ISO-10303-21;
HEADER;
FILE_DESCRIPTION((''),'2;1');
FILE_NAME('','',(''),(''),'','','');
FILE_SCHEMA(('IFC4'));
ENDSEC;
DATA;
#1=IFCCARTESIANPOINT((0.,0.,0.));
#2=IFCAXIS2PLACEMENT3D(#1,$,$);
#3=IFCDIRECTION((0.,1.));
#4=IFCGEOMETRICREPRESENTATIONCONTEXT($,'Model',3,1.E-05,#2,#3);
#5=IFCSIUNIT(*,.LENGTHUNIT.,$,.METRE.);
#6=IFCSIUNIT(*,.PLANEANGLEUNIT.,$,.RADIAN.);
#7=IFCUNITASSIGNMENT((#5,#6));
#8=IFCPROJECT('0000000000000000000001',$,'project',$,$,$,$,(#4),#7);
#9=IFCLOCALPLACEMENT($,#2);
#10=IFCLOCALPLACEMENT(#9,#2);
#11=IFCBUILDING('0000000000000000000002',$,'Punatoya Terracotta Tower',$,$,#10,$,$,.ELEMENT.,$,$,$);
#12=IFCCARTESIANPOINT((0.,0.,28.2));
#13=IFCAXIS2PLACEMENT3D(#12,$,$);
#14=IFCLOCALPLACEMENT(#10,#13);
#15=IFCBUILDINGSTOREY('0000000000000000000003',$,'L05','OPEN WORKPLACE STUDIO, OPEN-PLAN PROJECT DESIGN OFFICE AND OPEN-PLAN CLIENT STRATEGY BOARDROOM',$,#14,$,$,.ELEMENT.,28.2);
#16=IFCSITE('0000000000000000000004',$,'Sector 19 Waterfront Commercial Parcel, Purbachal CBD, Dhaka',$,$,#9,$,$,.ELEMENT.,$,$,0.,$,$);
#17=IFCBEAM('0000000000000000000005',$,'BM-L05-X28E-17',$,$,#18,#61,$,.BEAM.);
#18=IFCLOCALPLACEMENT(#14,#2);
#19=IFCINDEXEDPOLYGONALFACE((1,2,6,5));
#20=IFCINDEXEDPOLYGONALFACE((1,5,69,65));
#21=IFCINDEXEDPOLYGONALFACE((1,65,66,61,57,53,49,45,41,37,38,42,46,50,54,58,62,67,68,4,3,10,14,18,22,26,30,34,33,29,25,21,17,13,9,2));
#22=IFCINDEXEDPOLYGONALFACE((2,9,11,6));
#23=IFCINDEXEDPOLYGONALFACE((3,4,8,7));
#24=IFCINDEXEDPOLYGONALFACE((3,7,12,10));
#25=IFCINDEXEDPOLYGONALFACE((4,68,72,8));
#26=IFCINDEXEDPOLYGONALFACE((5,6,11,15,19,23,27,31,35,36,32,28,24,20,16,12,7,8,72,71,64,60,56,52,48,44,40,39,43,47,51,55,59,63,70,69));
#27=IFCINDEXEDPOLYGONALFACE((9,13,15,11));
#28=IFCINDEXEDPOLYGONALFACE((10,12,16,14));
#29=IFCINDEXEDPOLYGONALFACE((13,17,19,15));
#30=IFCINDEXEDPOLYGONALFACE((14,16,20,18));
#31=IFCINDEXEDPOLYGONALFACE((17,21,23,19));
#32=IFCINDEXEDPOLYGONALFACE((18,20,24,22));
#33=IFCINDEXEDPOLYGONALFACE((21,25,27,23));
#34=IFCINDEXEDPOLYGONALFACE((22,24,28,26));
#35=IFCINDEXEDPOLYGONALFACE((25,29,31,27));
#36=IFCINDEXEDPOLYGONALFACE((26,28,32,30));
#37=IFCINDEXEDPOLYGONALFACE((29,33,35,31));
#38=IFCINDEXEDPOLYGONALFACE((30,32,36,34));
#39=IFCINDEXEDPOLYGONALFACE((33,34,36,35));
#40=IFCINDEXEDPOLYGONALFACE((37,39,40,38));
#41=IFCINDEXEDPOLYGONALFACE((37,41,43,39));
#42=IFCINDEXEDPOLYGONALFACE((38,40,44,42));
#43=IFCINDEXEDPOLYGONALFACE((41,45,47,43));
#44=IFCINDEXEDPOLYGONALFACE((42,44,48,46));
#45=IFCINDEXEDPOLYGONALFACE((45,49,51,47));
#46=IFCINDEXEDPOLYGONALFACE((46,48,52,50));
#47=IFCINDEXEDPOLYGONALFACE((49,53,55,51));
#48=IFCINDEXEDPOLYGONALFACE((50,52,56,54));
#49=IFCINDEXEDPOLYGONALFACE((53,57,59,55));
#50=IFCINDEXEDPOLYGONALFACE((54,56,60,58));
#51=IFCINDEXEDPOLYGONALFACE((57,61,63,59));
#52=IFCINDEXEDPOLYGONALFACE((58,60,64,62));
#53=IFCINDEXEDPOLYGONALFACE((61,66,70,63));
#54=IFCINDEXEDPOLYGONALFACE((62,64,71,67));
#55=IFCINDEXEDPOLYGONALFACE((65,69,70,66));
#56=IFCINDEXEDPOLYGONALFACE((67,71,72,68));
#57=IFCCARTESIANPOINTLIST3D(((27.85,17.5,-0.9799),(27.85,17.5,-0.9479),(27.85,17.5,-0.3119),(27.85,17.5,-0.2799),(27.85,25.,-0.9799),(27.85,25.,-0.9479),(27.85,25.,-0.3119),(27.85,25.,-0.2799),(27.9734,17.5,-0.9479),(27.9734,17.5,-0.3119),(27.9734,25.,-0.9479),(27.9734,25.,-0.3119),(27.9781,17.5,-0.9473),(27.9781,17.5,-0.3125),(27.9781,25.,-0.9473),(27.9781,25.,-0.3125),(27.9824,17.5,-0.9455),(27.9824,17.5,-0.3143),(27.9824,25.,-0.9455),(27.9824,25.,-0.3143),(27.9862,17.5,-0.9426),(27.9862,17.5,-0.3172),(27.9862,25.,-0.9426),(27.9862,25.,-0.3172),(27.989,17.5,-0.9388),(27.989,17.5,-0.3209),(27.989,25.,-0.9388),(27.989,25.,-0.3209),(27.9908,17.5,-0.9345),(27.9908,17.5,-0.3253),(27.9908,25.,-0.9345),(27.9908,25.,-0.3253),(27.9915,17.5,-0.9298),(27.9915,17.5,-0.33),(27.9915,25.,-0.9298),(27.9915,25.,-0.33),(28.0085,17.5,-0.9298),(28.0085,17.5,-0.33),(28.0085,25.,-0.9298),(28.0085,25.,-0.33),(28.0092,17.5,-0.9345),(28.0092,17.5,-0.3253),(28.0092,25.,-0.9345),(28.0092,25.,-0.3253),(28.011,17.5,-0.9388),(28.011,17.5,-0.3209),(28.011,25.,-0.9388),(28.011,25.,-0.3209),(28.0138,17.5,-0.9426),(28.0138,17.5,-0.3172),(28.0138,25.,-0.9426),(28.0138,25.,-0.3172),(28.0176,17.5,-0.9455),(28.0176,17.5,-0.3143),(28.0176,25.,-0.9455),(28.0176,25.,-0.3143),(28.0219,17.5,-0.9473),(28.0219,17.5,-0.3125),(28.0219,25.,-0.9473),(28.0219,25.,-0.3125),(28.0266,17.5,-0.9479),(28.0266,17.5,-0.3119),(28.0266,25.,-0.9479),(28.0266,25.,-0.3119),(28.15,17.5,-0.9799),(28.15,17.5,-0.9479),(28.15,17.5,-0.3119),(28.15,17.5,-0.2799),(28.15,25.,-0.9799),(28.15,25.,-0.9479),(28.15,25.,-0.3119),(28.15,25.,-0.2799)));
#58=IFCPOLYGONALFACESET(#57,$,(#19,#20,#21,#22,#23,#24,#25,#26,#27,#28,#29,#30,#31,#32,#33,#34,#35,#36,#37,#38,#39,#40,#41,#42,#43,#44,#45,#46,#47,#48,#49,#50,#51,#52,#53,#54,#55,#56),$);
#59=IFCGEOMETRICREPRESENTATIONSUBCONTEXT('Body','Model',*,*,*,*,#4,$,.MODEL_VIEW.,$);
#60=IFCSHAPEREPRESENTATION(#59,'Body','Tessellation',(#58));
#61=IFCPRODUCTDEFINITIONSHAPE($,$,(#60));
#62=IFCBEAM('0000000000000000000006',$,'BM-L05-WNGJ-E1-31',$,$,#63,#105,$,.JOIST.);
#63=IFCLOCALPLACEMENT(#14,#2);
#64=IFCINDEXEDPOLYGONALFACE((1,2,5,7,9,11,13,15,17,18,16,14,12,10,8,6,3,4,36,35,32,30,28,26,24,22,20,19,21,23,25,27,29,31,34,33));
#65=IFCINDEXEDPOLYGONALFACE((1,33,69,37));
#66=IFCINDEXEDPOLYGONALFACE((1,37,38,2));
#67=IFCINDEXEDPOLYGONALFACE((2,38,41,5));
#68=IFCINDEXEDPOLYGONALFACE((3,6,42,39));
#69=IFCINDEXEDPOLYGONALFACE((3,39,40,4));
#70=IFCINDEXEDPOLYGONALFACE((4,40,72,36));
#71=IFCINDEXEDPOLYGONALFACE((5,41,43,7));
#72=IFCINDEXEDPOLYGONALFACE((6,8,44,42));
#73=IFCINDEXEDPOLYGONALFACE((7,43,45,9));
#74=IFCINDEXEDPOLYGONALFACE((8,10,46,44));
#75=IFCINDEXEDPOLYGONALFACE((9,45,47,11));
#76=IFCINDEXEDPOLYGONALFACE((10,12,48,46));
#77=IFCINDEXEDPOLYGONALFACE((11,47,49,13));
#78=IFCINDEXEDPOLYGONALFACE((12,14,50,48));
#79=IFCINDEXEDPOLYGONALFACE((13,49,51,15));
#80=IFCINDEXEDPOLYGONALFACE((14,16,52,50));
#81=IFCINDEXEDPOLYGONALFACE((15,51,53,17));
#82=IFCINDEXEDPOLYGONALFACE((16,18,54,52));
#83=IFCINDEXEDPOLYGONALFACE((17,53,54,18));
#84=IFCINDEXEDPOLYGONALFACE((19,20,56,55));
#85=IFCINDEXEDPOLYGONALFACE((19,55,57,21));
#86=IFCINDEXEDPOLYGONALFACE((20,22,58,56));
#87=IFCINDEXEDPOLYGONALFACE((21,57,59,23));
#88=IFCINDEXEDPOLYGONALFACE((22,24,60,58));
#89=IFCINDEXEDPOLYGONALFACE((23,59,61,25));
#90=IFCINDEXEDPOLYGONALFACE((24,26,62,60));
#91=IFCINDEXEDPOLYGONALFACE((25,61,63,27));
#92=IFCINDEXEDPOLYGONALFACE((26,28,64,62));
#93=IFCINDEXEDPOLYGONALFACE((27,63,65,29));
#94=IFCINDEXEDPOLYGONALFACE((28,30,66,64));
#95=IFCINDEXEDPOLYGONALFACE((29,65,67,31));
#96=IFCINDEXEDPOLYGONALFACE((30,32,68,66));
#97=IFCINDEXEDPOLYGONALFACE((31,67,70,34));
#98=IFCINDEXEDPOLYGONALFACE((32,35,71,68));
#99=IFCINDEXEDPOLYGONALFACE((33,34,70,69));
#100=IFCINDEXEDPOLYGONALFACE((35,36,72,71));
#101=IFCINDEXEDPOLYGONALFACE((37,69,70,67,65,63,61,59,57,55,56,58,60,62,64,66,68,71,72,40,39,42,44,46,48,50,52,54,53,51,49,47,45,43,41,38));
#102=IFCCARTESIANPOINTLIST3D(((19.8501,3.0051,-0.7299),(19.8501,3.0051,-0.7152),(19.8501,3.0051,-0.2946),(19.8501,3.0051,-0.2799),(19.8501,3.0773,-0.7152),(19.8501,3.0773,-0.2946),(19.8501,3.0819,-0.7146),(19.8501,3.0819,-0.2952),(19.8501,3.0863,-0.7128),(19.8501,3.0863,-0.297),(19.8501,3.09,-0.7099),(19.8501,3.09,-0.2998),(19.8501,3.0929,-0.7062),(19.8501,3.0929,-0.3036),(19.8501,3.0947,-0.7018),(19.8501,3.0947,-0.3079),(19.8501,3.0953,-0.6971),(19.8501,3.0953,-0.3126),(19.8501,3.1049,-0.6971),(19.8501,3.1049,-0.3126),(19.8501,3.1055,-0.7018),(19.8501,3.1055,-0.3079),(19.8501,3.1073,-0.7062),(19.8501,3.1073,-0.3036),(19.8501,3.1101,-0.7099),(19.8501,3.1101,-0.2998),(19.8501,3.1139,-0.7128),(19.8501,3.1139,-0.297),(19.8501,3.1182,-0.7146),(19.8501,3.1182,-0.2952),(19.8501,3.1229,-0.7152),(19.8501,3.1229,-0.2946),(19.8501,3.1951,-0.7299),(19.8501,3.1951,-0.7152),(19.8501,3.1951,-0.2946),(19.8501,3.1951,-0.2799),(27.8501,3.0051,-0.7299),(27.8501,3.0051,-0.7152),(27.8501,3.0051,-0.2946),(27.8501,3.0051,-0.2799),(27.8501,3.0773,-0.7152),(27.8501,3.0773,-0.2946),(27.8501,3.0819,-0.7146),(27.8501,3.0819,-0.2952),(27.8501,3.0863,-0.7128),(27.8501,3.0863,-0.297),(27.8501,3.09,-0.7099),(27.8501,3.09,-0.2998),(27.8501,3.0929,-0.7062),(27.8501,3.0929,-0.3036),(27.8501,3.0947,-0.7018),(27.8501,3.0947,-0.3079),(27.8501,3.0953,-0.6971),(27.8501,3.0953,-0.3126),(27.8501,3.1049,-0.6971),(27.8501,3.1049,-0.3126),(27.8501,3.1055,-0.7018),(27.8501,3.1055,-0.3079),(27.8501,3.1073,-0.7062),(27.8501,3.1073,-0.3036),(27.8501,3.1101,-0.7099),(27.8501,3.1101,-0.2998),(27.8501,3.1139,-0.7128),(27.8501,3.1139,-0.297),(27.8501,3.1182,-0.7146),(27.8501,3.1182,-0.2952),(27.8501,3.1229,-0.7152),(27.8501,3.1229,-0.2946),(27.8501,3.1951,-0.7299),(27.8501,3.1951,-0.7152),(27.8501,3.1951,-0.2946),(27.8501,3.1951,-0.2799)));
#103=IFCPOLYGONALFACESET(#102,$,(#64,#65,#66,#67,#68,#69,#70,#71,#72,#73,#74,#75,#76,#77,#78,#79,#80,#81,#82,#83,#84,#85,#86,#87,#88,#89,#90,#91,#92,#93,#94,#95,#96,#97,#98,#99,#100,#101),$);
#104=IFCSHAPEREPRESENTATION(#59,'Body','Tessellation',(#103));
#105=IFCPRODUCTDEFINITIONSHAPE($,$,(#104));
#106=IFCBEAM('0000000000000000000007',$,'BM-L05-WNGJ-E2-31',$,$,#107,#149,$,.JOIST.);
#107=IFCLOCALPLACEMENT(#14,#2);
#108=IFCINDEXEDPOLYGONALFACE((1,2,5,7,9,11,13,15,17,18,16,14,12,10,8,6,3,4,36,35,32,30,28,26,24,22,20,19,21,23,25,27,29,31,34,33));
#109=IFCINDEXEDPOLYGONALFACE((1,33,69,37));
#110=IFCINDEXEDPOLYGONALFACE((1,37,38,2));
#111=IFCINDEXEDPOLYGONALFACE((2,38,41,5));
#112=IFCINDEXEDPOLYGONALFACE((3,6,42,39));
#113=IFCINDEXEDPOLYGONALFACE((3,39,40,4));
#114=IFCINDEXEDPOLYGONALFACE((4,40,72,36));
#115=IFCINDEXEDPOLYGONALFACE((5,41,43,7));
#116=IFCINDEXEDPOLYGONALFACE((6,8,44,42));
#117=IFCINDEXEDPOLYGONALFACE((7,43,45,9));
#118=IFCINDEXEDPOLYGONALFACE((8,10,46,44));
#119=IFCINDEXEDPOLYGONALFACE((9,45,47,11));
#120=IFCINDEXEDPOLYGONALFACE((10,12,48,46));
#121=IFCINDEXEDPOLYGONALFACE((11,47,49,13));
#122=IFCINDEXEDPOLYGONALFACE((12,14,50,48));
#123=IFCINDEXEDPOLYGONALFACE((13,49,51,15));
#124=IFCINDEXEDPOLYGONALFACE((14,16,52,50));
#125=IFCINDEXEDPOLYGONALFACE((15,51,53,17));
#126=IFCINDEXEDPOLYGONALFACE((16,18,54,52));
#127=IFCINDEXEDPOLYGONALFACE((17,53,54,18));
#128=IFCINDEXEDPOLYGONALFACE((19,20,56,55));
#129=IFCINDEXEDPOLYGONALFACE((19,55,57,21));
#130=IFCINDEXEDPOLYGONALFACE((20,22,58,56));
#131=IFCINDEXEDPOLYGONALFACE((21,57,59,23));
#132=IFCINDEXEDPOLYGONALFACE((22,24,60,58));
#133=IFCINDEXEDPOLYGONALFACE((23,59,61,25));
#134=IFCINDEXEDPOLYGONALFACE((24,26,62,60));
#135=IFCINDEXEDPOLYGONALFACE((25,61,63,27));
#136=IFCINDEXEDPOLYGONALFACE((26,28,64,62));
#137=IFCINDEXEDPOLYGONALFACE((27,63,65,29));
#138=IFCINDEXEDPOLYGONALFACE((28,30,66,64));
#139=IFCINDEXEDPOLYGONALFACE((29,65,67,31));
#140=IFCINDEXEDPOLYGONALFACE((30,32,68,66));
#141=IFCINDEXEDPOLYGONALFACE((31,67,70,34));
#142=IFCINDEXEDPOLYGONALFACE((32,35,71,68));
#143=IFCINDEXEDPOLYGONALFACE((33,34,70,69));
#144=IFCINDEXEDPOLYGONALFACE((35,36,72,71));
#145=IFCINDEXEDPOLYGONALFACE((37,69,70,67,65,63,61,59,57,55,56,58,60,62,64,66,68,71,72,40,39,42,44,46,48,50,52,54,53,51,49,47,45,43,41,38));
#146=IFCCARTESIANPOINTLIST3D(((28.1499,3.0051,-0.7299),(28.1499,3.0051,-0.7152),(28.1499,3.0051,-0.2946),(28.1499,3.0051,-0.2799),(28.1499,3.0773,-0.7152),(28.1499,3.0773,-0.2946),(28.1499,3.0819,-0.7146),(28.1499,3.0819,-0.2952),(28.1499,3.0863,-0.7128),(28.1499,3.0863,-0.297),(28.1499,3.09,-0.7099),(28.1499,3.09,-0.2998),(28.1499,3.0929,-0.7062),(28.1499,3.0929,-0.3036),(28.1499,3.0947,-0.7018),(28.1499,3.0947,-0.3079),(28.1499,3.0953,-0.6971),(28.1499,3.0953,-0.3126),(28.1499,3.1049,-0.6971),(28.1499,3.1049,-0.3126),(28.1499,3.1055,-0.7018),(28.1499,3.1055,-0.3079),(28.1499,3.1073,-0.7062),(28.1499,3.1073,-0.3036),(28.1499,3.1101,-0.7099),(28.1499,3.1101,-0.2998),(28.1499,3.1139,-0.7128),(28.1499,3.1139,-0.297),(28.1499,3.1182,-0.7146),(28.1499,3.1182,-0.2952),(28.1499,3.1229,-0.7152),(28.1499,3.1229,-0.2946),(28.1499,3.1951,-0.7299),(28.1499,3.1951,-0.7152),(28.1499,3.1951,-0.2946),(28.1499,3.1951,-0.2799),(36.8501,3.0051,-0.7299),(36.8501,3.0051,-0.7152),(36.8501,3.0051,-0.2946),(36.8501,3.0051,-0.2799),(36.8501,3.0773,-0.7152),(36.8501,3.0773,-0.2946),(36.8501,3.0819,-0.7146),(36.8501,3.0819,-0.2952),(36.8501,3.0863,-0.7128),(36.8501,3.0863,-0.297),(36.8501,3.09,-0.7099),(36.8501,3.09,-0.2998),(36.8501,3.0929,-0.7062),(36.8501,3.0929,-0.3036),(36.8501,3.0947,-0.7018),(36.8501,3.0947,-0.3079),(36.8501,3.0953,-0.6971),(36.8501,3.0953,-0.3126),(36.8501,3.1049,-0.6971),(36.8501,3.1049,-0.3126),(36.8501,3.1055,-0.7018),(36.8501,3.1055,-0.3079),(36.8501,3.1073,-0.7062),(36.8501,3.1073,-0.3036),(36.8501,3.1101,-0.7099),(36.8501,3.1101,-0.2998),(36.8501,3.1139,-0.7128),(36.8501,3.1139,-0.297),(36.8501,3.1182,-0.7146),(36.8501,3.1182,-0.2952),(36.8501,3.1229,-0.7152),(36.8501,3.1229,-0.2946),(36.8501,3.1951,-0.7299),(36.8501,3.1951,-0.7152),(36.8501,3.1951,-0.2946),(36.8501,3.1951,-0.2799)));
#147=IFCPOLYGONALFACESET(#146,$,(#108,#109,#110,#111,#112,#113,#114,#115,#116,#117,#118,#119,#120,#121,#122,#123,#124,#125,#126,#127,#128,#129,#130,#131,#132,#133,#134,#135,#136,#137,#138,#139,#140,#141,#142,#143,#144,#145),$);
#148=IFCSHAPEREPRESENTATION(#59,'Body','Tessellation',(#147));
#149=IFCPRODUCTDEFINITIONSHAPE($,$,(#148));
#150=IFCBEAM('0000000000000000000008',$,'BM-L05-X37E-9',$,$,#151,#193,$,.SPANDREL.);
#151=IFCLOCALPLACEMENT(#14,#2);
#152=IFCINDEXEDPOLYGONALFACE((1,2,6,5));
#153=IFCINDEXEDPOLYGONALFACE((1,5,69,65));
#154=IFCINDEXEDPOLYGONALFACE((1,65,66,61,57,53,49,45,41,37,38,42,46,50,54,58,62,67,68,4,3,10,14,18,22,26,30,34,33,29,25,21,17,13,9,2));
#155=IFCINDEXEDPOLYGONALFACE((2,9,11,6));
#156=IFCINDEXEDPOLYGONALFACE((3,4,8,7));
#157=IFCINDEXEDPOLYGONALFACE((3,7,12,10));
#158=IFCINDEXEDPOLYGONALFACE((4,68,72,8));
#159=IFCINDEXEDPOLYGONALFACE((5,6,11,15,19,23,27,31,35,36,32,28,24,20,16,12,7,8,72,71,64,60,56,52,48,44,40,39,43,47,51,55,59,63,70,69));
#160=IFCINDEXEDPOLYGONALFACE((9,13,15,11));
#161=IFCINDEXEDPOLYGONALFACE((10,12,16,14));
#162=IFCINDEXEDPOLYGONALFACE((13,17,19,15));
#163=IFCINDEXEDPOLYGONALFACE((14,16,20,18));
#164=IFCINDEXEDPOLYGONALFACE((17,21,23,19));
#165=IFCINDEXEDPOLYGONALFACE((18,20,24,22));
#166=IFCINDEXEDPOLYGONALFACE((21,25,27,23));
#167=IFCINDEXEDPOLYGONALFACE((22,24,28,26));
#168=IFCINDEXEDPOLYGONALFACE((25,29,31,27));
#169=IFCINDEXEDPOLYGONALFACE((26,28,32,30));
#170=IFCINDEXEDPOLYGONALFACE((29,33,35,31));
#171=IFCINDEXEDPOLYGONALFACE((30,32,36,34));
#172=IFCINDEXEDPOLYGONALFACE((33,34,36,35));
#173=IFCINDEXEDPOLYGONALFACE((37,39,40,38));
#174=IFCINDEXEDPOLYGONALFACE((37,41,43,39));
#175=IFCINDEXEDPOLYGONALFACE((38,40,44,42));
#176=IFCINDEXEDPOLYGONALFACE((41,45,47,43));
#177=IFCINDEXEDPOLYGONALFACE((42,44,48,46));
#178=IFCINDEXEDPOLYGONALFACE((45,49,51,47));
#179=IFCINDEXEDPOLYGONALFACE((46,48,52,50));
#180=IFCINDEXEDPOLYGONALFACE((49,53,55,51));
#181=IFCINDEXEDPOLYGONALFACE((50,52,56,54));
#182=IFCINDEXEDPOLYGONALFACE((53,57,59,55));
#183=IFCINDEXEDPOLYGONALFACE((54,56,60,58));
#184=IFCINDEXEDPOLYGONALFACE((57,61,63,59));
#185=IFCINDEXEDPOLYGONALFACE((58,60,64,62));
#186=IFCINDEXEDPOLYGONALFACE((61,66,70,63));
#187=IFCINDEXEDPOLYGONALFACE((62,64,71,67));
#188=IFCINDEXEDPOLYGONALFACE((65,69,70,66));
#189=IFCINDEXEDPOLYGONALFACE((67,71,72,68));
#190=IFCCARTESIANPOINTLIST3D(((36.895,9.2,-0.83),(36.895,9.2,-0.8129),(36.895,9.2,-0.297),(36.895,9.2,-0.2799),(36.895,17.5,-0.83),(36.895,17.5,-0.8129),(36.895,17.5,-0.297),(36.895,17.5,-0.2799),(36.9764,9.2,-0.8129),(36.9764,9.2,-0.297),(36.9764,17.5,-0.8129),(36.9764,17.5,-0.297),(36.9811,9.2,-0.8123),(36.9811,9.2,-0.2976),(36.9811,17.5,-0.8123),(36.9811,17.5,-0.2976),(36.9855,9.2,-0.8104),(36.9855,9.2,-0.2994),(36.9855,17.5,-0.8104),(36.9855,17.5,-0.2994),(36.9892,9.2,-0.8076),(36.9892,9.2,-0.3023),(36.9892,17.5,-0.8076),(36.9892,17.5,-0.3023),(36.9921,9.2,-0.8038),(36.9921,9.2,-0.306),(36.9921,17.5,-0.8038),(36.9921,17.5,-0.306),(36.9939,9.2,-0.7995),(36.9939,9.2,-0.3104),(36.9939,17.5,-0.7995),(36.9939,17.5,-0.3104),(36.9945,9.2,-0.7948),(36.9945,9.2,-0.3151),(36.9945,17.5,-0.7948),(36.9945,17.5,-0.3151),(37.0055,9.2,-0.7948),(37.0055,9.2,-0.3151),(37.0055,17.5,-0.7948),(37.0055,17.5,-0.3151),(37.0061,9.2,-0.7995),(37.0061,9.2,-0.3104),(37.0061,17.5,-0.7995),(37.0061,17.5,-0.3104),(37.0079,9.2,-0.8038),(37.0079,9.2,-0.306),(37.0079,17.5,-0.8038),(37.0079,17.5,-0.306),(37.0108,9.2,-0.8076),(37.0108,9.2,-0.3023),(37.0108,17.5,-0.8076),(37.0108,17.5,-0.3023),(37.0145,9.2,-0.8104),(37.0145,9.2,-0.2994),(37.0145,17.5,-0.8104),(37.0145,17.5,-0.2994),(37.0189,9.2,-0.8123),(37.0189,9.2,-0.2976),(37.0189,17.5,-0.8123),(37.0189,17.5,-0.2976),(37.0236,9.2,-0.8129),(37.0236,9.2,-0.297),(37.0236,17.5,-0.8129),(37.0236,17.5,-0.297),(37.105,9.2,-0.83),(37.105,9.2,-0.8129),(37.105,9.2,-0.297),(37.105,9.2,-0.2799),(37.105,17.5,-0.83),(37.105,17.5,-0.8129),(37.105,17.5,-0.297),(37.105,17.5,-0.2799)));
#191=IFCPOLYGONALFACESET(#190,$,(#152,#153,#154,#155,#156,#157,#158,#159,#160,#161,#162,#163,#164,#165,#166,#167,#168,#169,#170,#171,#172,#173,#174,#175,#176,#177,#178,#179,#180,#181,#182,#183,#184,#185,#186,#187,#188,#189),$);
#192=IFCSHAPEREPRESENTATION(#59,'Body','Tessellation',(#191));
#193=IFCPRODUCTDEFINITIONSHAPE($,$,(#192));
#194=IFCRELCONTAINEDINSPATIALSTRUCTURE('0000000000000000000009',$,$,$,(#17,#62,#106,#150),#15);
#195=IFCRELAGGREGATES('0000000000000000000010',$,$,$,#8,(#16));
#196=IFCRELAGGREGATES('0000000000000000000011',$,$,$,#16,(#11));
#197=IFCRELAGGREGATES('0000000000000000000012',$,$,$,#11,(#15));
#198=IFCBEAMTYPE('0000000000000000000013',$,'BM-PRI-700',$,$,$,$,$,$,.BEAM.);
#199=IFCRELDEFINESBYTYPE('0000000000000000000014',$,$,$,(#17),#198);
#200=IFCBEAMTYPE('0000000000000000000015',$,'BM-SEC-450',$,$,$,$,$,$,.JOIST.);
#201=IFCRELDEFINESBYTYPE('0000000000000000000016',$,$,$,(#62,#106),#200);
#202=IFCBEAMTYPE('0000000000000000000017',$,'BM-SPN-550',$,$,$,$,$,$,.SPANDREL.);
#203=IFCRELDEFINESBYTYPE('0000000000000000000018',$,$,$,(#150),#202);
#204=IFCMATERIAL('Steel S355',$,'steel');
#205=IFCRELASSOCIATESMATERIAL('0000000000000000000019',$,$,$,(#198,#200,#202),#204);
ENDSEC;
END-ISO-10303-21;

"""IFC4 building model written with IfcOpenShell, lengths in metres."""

from ifc_helpers import new_model, si_unit, direction, frame, origin, origin_2d, place, context, subcontext, project, spatial, i_section, extrude, material, material_profile, profile_set, type_object, element, save


model = new_model("IFC4")

# Units and contexts
model_context = context("Model", 3, precision=1e-05, world=origin(), true_north=direction((0.0, 1.0)))
body_context = subcontext(model_context, "Body", "Model", "MODEL_VIEW")
ifc_project = project(units=[si_unit("LENGTHUNIT", "METRE"), si_unit("PLANEANGLEUNIT", "RADIAN")], contexts=[model_context])

# Site, building, storey
site_placement = place(None, origin())
site = spatial("IfcSite", under=ifc_project, at=site_placement, Name="Sector 19 Waterfront Commercial Parcel, Purbachal CBD, Dhaka", CompositionType="ELEMENT", RefElevation=0.0)
building_placement = place(site_placement, origin())
building = spatial("IfcBuilding", under=site, at=building_placement, Name="Punatoya Terracotta Tower", CompositionType="ELEMENT")
storey_placement = place(building_placement, frame((0.0, 0.0, 28.2)))
storey = spatial("IfcBuildingStorey", under=building, at=storey_placement, Name="L05", Description="OPEN WORKPLACE STUDIO, OPEN-PLAN PROJECT DESIGN OFFICE AND OPEN-PLAN CLIENT STRATEGY BOARDROOM", CompositionType="ELEMENT", Elevation=28.2)

# Beams
ifc_material_1 = material(Name="Steel S355", Category="steel")
ifc_material_profile_1 = material_profile(ifc_material_1, i_section(OverallWidth=0.3, OverallDepth=0.7, WebThickness=0.0171, FlangeThickness=0.032, FilletRadius=0.0181, at=origin_2d()))
ifc_profile_set_1 = profile_set([ifc_material_profile_1], Name="Steel S355")
beam_type_1 = type_object("IfcBeamType", Name="BM-PRI-700", PredefinedType="BEAM", material=ifc_profile_set_1)
beam_1_placement = place(storey_placement, frame((28.0, 17.5, -0.6299), z_axis=(0.0, 1.0, 0.0), x_axis=(-1.0, 0.0, 0.0)))
element("IfcBeam", 1, at=beam_1_placement, inside=storey, type_object=beam_type_1, Name="BM-L05-X28E-17", PredefinedType="BEAM", context=body_context, shape_type="SweptSolid", body=[
    extrude(i_section(OverallWidth=0.3, OverallDepth=0.7, WebThickness=0.0171, FlangeThickness=0.032, FilletRadius=0.0181, at=origin_2d()), origin(), (0.0, 0.0, 1.0), 7.5),
])
ifc_material_profile_2 = material_profile(ifc_material_1, i_section(OverallWidth=0.1899, OverallDepth=0.45, WebThickness=0.0095, FlangeThickness=0.0146, FilletRadius=0.0181, at=origin_2d()))
ifc_profile_set_2 = profile_set([ifc_material_profile_2], Name="Steel S355")
beam_type_2 = type_object("IfcBeamType", Name="BM-SEC-450", PredefinedType="JOIST", material=ifc_profile_set_2)
beam_2_placement = place(storey_placement, frame((19.8501, 3.1001, -0.5049), z_axis=(1.0, 0.0, 0.0), x_axis=(0.0, 1.0, 0.0)))
element("IfcBeam", 2, at=beam_2_placement, inside=storey, type_object=beam_type_2, Name="BM-L05-WNGJ-E1-31", PredefinedType="JOIST", context=body_context, shape_type="SweptSolid", body=[
    extrude(i_section(OverallWidth=0.1899, OverallDepth=0.45, WebThickness=0.0095, FlangeThickness=0.0146, FilletRadius=0.0181, at=origin_2d()), origin(), (0.0, 0.0, 1.0), 8.0),
])
beam_3_placement = place(storey_placement, frame((28.1499, 3.1001, -0.5049), z_axis=(1.0, 0.0, 0.0), x_axis=(0.0, 1.0, 0.0)))
element("IfcBeam", 3, at=beam_3_placement, inside=storey, type_object=beam_type_2, Name="BM-L05-WNGJ-E2-31", PredefinedType="JOIST", context=body_context, shape_type="SweptSolid", body=[
    extrude(i_section(OverallWidth=0.1899, OverallDepth=0.45, WebThickness=0.0095, FlangeThickness=0.0146, FilletRadius=0.0181, at=origin_2d()), origin(), (0.0, 0.0, 1.0), 8.7002),
])
ifc_material_profile_3 = material_profile(ifc_material_1, i_section(OverallWidth=0.21, OverallDepth=0.55, WebThickness=0.011, FlangeThickness=0.0171, FilletRadius=0.0181, at=origin_2d()))
ifc_profile_set_3 = profile_set([ifc_material_profile_3], Name="Steel S355")
beam_type_3 = type_object("IfcBeamType", Name="BM-SPN-550", PredefinedType="SPANDREL", material=ifc_profile_set_3)
beam_4_placement = place(storey_placement, frame((37.0, 9.2, -0.5549), z_axis=(0.0, 1.0, 0.0), x_axis=(-1.0, 0.0, 0.0)))
element("IfcBeam", 4, at=beam_4_placement, inside=storey, type_object=beam_type_3, Name="BM-L05-X37E-9", PredefinedType="SPANDREL", context=body_context, shape_type="SweptSolid", body=[
    extrude(i_section(OverallWidth=0.21, OverallDepth=0.55, WebThickness=0.011, FlangeThickness=0.0171, FilletRadius=0.0181, at=origin_2d()), origin(), (0.0, 0.0, 1.0), 8.3),
])

save(model, "model.ifc")
